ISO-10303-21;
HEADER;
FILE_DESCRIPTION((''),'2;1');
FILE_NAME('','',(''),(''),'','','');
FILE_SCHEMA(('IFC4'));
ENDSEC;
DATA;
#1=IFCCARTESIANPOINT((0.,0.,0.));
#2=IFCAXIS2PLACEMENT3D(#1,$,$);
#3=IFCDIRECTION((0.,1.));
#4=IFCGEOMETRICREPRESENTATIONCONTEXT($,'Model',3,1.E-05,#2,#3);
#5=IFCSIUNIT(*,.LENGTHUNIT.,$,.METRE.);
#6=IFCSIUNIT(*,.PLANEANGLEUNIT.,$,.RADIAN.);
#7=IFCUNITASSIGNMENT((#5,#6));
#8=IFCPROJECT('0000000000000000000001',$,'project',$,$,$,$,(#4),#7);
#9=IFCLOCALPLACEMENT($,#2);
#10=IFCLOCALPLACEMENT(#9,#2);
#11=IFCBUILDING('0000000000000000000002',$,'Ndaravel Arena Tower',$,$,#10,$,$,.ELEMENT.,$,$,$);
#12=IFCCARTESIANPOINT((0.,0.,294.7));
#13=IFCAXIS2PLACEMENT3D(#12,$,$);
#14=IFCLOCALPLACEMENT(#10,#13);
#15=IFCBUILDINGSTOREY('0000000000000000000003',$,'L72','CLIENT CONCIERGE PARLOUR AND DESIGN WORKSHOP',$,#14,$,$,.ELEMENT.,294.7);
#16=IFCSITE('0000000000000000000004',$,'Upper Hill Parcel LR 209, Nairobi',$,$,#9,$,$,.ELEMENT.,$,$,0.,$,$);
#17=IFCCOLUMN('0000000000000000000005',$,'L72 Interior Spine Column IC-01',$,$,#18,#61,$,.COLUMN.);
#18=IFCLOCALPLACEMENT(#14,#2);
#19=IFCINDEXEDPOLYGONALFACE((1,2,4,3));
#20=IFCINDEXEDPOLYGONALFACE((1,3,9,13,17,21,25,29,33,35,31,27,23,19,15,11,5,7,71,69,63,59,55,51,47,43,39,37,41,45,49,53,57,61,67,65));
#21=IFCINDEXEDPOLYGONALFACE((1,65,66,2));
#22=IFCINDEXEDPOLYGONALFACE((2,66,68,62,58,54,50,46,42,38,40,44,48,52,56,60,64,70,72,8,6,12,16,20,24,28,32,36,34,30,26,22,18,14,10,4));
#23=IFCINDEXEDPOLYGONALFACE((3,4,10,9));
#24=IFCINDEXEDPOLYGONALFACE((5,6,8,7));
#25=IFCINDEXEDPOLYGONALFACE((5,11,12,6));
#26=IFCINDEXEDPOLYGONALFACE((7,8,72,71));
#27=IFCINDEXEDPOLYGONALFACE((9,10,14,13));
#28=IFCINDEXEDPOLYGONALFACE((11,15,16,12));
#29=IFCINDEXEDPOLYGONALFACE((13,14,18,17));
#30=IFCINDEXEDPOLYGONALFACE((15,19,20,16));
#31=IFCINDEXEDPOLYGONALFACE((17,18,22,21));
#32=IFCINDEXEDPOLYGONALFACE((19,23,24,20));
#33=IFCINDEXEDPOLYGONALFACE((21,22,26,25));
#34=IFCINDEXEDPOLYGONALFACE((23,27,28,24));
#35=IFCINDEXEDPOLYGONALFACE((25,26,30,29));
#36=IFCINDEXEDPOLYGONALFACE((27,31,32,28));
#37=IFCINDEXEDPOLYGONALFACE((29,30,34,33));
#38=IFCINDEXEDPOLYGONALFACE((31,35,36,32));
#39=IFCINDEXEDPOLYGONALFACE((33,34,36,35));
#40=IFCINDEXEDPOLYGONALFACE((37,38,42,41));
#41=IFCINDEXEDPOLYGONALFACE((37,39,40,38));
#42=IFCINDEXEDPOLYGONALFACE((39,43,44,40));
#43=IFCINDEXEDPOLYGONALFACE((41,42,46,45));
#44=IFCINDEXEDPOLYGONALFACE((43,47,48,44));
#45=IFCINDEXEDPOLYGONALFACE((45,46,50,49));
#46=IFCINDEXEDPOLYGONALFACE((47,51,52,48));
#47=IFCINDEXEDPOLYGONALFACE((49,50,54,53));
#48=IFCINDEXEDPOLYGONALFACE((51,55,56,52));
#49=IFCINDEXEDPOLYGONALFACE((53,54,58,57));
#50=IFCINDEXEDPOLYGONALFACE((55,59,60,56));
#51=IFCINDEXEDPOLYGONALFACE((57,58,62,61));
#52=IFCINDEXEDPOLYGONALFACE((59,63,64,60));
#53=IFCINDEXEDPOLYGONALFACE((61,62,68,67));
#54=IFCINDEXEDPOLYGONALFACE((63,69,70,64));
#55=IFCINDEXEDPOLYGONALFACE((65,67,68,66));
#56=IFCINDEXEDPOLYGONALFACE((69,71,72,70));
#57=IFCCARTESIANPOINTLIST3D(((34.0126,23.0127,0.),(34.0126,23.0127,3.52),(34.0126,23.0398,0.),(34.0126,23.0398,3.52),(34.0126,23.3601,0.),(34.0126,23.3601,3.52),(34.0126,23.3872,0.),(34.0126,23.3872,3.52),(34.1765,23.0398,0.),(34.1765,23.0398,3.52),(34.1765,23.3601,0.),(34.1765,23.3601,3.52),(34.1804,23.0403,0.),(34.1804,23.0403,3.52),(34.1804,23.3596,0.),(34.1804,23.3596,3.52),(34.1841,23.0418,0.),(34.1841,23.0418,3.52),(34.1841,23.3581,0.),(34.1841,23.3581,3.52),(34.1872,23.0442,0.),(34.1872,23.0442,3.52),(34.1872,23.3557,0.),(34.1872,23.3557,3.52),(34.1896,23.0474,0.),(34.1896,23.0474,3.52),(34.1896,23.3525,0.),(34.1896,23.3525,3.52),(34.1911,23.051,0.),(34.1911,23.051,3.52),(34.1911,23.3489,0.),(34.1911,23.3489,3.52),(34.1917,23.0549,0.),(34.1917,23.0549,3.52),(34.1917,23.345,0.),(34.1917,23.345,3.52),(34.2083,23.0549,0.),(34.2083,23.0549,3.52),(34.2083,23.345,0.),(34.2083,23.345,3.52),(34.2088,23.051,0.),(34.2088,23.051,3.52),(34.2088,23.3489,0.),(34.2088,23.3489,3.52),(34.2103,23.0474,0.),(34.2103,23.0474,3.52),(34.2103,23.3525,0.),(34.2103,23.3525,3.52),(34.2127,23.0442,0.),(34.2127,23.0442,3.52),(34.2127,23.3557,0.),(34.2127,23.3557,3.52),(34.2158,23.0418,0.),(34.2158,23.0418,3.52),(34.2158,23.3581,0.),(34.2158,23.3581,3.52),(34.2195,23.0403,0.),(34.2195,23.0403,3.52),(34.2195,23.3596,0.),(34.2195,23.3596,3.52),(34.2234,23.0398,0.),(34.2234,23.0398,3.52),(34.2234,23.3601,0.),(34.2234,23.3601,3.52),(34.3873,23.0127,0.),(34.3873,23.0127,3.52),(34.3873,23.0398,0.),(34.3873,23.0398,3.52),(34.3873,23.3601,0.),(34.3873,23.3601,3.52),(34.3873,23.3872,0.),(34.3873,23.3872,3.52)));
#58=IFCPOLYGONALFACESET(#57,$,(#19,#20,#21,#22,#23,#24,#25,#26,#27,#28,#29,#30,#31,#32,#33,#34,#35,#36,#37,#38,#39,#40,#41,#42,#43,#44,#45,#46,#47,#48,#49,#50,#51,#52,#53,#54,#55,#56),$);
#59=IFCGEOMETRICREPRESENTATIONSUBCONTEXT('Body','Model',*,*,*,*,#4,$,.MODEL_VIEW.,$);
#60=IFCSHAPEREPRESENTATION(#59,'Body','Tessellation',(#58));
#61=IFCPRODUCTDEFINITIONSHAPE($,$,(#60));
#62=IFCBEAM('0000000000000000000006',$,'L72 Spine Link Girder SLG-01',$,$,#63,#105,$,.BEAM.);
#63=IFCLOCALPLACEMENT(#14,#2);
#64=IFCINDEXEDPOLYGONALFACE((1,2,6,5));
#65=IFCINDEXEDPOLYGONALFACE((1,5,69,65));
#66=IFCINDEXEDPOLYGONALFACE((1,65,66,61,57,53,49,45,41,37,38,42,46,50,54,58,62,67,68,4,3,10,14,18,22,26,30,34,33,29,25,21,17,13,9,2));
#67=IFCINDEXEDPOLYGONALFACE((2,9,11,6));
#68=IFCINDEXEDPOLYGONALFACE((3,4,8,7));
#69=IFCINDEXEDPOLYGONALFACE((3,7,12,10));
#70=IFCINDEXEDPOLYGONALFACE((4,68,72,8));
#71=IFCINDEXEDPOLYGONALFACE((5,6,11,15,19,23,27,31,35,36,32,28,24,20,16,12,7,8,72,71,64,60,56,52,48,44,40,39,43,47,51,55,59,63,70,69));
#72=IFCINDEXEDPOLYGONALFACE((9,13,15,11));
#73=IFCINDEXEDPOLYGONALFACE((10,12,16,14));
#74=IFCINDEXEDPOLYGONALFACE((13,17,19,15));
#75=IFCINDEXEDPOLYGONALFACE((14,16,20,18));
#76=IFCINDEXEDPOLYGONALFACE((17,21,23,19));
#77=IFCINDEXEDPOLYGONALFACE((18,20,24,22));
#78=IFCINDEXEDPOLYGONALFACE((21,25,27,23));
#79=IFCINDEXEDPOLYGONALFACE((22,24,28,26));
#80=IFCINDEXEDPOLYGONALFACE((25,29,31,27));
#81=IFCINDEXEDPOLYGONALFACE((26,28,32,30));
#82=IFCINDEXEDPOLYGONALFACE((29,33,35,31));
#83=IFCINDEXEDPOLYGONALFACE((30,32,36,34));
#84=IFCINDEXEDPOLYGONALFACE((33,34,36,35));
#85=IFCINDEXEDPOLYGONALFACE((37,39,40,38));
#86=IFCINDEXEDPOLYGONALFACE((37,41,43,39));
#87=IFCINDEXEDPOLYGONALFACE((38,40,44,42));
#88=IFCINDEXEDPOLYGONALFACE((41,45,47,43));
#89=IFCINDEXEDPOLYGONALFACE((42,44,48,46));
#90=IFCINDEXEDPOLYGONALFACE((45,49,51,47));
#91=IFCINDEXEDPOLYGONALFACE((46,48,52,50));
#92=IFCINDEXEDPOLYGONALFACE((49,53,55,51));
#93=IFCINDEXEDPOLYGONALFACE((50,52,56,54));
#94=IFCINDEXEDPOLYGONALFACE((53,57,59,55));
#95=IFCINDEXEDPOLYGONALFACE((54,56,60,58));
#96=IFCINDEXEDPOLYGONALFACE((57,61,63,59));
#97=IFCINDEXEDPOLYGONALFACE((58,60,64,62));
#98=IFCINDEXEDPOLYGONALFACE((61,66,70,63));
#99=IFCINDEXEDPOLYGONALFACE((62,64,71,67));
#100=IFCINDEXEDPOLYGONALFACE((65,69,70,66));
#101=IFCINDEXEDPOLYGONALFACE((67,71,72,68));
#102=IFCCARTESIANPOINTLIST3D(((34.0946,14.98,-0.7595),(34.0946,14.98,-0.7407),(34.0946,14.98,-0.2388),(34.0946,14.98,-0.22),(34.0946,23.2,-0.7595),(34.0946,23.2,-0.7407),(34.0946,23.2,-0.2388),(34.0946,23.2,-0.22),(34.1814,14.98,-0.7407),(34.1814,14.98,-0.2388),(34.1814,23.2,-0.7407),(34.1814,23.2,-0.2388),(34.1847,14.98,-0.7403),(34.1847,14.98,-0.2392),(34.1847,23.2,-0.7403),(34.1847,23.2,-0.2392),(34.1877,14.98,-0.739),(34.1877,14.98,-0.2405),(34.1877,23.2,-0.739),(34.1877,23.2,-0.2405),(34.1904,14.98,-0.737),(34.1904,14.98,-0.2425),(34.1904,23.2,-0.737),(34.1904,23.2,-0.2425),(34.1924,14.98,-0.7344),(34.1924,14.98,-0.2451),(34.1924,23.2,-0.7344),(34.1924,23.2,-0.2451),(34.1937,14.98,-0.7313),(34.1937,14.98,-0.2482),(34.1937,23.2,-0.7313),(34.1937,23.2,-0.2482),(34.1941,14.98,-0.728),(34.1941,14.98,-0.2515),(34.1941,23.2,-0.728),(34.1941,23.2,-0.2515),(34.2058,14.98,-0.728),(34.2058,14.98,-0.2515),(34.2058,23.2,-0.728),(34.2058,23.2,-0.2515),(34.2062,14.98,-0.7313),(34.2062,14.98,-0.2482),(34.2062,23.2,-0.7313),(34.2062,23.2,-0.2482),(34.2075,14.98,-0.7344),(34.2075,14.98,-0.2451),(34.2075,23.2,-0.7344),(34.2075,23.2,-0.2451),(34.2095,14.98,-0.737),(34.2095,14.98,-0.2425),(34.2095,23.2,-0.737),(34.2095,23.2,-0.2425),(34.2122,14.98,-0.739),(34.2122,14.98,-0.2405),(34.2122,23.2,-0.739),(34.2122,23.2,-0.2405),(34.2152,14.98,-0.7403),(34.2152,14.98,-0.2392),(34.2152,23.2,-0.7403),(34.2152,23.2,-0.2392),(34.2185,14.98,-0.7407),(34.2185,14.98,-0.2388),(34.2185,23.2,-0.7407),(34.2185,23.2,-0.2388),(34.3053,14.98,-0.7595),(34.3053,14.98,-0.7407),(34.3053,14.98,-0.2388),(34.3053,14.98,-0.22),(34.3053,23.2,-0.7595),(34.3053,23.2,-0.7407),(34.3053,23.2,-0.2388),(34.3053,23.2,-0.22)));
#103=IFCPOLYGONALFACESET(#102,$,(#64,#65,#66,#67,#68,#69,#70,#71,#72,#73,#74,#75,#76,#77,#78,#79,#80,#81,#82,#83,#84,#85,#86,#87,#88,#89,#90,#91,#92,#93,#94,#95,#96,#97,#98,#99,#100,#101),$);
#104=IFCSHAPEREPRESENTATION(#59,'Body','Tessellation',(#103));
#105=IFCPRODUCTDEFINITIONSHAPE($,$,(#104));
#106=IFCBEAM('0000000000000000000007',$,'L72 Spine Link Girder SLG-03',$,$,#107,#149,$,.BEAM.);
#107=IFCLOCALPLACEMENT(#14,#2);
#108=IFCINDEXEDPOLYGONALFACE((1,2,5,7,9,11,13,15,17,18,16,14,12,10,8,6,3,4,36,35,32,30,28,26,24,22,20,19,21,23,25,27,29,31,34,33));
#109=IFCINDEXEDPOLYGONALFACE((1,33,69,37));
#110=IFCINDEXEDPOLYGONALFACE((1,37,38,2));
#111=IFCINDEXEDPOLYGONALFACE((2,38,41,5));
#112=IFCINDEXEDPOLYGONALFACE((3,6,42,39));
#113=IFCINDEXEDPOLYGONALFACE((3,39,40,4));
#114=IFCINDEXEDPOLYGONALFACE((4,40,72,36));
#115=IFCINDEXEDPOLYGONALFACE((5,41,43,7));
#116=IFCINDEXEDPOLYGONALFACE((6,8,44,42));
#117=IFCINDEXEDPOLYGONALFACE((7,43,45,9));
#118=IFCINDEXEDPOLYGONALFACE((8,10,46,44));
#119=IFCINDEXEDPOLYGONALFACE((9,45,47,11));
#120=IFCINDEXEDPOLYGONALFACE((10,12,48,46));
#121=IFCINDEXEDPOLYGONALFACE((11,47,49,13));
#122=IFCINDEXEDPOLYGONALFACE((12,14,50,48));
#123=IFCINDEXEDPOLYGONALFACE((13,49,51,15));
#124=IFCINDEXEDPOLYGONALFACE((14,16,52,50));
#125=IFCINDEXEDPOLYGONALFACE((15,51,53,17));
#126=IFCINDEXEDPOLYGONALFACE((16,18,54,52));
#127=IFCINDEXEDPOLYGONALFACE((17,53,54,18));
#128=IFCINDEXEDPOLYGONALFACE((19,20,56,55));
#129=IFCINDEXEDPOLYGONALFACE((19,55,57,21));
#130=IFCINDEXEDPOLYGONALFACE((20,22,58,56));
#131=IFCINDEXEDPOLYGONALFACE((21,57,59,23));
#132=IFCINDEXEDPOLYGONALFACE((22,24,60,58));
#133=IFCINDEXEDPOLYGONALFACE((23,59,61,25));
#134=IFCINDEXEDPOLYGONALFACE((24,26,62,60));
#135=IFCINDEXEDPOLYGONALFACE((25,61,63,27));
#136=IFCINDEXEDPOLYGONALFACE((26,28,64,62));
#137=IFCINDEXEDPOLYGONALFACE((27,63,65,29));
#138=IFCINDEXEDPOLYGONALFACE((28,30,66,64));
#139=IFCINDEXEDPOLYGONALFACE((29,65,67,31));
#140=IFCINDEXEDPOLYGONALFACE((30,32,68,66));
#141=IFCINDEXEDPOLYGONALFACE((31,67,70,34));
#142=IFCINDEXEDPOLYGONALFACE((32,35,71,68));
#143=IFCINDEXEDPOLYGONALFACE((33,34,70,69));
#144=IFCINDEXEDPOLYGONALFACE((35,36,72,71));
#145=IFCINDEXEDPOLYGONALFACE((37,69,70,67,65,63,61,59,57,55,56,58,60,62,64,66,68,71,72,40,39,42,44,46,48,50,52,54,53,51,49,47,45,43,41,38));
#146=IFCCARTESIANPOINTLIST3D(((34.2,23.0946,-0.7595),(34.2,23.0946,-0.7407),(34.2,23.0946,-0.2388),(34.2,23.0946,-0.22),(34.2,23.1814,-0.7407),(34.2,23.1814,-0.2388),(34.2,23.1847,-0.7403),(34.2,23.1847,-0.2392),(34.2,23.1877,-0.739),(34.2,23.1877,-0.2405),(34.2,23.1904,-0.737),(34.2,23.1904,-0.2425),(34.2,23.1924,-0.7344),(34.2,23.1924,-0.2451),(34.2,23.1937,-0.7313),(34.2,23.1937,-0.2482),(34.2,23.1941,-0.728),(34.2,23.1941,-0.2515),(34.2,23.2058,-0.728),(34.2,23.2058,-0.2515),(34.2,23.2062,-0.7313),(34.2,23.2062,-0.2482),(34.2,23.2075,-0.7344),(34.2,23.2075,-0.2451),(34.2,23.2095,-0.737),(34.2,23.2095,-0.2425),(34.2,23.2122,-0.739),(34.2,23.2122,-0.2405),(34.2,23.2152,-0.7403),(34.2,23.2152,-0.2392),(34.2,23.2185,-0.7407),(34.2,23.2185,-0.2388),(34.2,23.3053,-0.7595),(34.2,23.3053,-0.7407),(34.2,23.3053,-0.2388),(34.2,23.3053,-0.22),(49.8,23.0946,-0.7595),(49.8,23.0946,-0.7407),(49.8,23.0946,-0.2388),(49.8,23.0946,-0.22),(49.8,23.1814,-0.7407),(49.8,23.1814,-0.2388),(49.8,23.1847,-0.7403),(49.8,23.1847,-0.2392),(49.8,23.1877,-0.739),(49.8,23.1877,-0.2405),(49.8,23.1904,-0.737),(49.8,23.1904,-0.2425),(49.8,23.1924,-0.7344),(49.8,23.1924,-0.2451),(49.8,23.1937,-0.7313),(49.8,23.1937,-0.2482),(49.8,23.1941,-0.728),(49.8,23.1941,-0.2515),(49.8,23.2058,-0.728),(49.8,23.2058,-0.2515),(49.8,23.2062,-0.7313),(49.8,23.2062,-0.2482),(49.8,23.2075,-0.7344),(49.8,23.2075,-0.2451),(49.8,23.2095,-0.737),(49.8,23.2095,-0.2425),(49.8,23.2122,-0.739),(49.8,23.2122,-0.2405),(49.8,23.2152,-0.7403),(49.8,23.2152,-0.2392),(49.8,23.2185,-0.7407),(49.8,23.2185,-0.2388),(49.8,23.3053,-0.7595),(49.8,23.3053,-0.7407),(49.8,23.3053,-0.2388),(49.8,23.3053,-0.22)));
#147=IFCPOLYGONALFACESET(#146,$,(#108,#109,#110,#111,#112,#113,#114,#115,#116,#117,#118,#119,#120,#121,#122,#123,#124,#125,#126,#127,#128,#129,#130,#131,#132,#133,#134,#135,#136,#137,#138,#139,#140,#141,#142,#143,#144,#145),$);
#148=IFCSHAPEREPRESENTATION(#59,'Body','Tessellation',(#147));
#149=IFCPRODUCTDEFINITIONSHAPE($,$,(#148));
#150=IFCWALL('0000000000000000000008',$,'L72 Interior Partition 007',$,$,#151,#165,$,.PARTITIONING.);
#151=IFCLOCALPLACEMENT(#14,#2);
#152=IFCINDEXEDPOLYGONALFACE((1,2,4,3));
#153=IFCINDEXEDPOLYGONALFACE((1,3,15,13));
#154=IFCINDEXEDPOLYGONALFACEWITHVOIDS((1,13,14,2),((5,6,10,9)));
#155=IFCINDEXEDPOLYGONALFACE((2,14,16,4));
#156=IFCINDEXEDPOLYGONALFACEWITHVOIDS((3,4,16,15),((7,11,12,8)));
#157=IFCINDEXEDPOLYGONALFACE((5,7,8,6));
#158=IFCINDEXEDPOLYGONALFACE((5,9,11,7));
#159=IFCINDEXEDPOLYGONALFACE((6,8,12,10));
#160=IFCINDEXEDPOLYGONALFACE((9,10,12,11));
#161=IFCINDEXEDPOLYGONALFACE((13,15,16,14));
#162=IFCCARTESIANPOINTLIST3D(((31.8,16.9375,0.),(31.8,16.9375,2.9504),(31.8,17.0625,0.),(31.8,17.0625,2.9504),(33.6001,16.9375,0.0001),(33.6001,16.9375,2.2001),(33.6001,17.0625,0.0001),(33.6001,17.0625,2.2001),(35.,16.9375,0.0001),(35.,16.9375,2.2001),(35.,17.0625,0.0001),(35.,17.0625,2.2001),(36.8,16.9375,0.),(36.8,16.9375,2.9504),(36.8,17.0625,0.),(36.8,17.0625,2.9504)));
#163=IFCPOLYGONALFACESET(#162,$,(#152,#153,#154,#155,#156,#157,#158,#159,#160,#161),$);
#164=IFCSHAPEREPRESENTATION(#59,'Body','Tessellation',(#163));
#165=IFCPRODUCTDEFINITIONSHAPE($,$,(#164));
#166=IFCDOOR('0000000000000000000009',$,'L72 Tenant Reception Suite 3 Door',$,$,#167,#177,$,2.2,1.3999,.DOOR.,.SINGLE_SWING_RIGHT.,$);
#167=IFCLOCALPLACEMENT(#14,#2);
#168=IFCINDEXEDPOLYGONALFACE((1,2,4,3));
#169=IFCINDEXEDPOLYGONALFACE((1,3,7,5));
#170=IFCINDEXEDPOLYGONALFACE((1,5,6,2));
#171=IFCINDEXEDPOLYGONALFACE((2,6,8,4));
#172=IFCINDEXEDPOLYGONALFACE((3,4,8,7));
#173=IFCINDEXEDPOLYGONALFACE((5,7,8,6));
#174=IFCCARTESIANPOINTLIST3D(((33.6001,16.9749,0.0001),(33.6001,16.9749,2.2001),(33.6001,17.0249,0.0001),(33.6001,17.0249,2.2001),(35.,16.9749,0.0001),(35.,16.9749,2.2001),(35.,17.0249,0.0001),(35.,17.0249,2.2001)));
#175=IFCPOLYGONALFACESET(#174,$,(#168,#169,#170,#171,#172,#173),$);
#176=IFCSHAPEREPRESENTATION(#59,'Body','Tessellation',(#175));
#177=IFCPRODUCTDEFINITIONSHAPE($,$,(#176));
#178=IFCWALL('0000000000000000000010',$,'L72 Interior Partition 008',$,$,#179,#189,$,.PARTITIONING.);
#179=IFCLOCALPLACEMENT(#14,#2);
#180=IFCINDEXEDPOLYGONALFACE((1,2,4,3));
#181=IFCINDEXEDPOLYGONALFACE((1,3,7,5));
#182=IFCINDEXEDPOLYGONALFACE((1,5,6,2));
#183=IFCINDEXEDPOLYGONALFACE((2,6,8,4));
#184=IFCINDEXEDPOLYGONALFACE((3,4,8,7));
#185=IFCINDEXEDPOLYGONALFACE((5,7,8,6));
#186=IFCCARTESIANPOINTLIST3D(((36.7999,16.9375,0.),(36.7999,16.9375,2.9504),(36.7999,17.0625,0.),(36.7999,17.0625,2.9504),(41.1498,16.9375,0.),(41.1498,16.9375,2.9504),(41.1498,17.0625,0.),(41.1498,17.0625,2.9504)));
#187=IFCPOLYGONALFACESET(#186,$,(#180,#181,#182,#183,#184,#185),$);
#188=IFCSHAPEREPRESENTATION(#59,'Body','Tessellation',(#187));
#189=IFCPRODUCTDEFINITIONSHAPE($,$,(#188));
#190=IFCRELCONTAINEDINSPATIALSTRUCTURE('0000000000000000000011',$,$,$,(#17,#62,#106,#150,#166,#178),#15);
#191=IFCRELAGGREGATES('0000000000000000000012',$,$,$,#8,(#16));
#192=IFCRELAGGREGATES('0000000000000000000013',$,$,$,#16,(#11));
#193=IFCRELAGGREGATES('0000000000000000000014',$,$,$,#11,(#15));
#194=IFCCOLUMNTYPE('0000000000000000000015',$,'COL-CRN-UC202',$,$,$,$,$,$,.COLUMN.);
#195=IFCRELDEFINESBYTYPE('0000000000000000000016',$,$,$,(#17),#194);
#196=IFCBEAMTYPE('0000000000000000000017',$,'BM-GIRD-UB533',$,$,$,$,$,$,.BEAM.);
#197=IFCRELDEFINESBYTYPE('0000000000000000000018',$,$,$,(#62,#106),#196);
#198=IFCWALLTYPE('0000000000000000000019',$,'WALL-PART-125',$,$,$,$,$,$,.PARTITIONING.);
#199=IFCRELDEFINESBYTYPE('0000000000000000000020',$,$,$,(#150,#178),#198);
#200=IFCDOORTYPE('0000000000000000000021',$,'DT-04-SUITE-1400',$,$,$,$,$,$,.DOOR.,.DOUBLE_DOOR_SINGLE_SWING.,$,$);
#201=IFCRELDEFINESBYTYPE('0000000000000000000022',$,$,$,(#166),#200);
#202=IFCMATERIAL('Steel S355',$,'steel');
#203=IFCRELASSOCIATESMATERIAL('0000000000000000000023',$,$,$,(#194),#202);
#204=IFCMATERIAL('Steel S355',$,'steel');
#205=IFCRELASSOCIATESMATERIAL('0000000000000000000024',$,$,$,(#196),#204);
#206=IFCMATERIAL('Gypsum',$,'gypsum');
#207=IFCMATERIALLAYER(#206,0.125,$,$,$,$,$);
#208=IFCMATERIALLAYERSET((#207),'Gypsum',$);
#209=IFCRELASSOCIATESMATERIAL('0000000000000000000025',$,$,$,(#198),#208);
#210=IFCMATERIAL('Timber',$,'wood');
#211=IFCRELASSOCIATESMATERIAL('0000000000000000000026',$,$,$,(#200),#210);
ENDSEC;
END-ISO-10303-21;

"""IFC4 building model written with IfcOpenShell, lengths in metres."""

from ifc_helpers import new_model, si_unit, direction, frame, frame_2d, origin, origin_2d, place, context, subcontext, project, spatial, rectangle, i_section, extrude, material, layer, layer_set, material_profile, profile_set, type_object, element, fill, save


model = new_model("IFC4")

# Units and contexts
model_context = context("Model", 3, precision=1e-05, world=origin(), true_north=direction((0.0, 1.0)))
body_context = subcontext(model_context, "Body", "Model", "MODEL_VIEW")
ifc_project = project(units=[si_unit("LENGTHUNIT", "METRE"), si_unit("PLANEANGLEUNIT", "RADIAN")], contexts=[model_context])

# Site, building, storey
site_placement = place(None, origin())
site = spatial("IfcSite", under=ifc_project, at=site_placement, Name="Upper Hill Parcel LR 209, Nairobi", CompositionType="ELEMENT", RefElevation=0.0)
building_placement = place(site_placement, origin())
building = spatial("IfcBuilding", under=site, at=building_placement, Name="Ndaravel Arena Tower", CompositionType="ELEMENT")
storey_placement = place(building_placement, frame((0.0, 0.0, 294.7)))
storey = spatial("IfcBuildingStorey", under=building, at=storey_placement, Name="L72", Description="CLIENT CONCIERGE PARLOUR AND DESIGN WORKSHOP", CompositionType="ELEMENT", Elevation=294.7)

# Column
ifc_material_1 = material(Name="Steel S355", Category="steel")
ifc_material_profile_1 = material_profile(ifc_material_1, i_section(OverallWidth=0.3748, OverallDepth=0.3745, WebThickness=0.0166, FlangeThickness=0.0271, FilletRadius=0.0151, at=origin_2d()), Name="UC 356x368x202")
ifc_profile_set_1 = profile_set([ifc_material_profile_1], Name="Steel S355")
column_type = type_object("IfcColumnType", Name="COL-CRN-UC202", PredefinedType="COLUMN", material=ifc_profile_set_1)
column_placement = place(storey_placement, frame((34.2, 23.2, 0.0), z_axis=(0.0, 0.0, 1.0), x_axis=(1.0, 0.0, 0.0)))
element("IfcColumn", 1, at=column_placement, inside=storey, type_object=column_type, Name="L72 Interior Spine Column IC-01", PredefinedType="COLUMN", context=body_context, shape_type="SweptSolid", body=[
    extrude(i_section(OverallWidth=0.3748, OverallDepth=0.3745, WebThickness=0.0166, FlangeThickness=0.0271, FilletRadius=0.0151, at=origin_2d()), origin(), (0.0, 0.0, 1.0), 3.52),
])

# Beams
ifc_material_2 = material(Name="Steel S355", Category="steel")
ifc_material_profile_2 = material_profile(ifc_material_2, i_section(OverallWidth=0.2107, OverallDepth=0.5396, WebThickness=0.0117, FlangeThickness=0.0188, FilletRadius=0.0127, at=origin_2d()), Name="UB 533x210x109")
ifc_profile_set_2 = profile_set([ifc_material_profile_2], Name="Steel S355")
beam_type = type_object("IfcBeamType", Name="BM-GIRD-UB533", PredefinedType="BEAM", material=ifc_profile_set_2)
beam_1_placement = place(storey_placement, frame((34.2, 14.98, -0.4897), z_axis=(0.0, 1.0, 0.0), x_axis=(-1.0, 0.0, 0.0)))
element("IfcBeam", 2, at=beam_1_placement, inside=storey, type_object=beam_type, Name="L72 Spine Link Girder SLG-01", PredefinedType="BEAM", context=body_context, shape_type="SweptSolid", body=[
    extrude(i_section(OverallWidth=0.2107, OverallDepth=0.5396, WebThickness=0.0117, FlangeThickness=0.0188, FilletRadius=0.0127, at=origin_2d()), origin(), (0.0, 0.0, 1.0), 8.22),
])
beam_2_placement = place(storey_placement, frame((34.2, 23.2, -0.4897), z_axis=(1.0, 0.0, 0.0), x_axis=(0.0, 1.0, 0.0)))
element("IfcBeam", 3, at=beam_2_placement, inside=storey, type_object=beam_type, Name="L72 Spine Link Girder SLG-03", PredefinedType="BEAM", context=body_context, shape_type="SweptSolid", body=[
    extrude(i_section(OverallWidth=0.2107, OverallDepth=0.5396, WebThickness=0.0117, FlangeThickness=0.0188, FilletRadius=0.0127, at=origin_2d()), origin(), (0.0, 0.0, 1.0), 15.6001),
])

# Wall, opening, door
ifc_material_3 = material(Name="Gypsum", Category="gypsum")
ifc_layer_1 = layer(ifc_material_3, 0.125)
ifc_layer_set_1 = layer_set([ifc_layer_1], Name="Gypsum")
wall_type_1 = type_object("IfcWallType", Name="WALL-PART-125", PredefinedType="PARTITIONING", material=ifc_layer_set_1)
wall_1_placement = place(storey_placement, frame((31.8, 17.0, 0.0), z_axis=(0.0, 0.0, 1.0), x_axis=(1.0, 0.0, 0.0)))
wall_1 = element("IfcWall", 4, at=wall_1_placement, inside=storey, type_object=wall_type_1, Name="L72 Interior Partition 007", PredefinedType="PARTITIONING", context=body_context, shape_type="SweptSolid", body=[
    extrude(rectangle(XDim=5.0, YDim=0.125, at=frame_2d((2.5, 0.0))), origin(), (0.0, 0.0, 1.0), 2.9504),
])
opening_1_placement = place(wall_1_placement, frame((1.8, 0.0, 0.0)))
opening_1 = element("IfcOpeningElement", 5, at=opening_1_placement, cuts=wall_1, PredefinedType="OPENING", context=body_context, shape_type="SweptSolid", body=[
    extrude(rectangle(XDim=1.3999, YDim=2.2, at=frame_2d((0.7, 1.1001))), frame((0.0, 0.0625, 0.0), z_axis=(0.0, -1.0, 0.0), x_axis=(1.0, 0.0, 0.0)), (0.0, 0.0, 1.0), 0.125),
])
ifc_material_4 = material(Name="Timber", Category="wood")
door_type_1 = type_object("IfcDoorType", Name="DT-04-SUITE-1400", OperationType="DOUBLE_DOOR_SINGLE_SWING", PredefinedType="DOOR", material=ifc_material_4)
door_1_placement = place(opening_1_placement, origin())
door_1 = element("IfcDoor", 6, at=door_1_placement, inside=storey, type_object=door_type_1, Name="L72 Tenant Reception Suite 3 Door", OperationType="SINGLE_SWING_RIGHT", OverallHeight=2.2, OverallWidth=1.3999, PredefinedType="DOOR", context=body_context, shape_type="SweptSolid", body=[
    extrude(rectangle(XDim=1.3999, YDim=2.2, at=frame_2d((0.7, 1.1001))), frame((0.0, 0.0249, 0.0), z_axis=(0.0, -1.0, 0.0), x_axis=(1.0, 0.0, 0.0)), (0.0, 0.0, 1.0), 0.05),
])
fill(opening_1, door_1)

# Wall
wall_2_placement = place(storey_placement, frame((36.8, 17.0, 0.0), z_axis=(0.0, 0.0, 1.0), x_axis=(1.0, 0.0, 0.0)))
element("IfcWall", 7, at=wall_2_placement, inside=storey, type_object=wall_type_1, Name="L72 Interior Partition 008", PredefinedType="PARTITIONING", context=body_context, shape_type="SweptSolid", body=[
    extrude(rectangle(XDim=4.3499, YDim=0.125, at=frame_2d((2.1748, 0.0))), origin(), (0.0, 0.0, 1.0), 2.9504),
])

save(model, "model.ifc")
